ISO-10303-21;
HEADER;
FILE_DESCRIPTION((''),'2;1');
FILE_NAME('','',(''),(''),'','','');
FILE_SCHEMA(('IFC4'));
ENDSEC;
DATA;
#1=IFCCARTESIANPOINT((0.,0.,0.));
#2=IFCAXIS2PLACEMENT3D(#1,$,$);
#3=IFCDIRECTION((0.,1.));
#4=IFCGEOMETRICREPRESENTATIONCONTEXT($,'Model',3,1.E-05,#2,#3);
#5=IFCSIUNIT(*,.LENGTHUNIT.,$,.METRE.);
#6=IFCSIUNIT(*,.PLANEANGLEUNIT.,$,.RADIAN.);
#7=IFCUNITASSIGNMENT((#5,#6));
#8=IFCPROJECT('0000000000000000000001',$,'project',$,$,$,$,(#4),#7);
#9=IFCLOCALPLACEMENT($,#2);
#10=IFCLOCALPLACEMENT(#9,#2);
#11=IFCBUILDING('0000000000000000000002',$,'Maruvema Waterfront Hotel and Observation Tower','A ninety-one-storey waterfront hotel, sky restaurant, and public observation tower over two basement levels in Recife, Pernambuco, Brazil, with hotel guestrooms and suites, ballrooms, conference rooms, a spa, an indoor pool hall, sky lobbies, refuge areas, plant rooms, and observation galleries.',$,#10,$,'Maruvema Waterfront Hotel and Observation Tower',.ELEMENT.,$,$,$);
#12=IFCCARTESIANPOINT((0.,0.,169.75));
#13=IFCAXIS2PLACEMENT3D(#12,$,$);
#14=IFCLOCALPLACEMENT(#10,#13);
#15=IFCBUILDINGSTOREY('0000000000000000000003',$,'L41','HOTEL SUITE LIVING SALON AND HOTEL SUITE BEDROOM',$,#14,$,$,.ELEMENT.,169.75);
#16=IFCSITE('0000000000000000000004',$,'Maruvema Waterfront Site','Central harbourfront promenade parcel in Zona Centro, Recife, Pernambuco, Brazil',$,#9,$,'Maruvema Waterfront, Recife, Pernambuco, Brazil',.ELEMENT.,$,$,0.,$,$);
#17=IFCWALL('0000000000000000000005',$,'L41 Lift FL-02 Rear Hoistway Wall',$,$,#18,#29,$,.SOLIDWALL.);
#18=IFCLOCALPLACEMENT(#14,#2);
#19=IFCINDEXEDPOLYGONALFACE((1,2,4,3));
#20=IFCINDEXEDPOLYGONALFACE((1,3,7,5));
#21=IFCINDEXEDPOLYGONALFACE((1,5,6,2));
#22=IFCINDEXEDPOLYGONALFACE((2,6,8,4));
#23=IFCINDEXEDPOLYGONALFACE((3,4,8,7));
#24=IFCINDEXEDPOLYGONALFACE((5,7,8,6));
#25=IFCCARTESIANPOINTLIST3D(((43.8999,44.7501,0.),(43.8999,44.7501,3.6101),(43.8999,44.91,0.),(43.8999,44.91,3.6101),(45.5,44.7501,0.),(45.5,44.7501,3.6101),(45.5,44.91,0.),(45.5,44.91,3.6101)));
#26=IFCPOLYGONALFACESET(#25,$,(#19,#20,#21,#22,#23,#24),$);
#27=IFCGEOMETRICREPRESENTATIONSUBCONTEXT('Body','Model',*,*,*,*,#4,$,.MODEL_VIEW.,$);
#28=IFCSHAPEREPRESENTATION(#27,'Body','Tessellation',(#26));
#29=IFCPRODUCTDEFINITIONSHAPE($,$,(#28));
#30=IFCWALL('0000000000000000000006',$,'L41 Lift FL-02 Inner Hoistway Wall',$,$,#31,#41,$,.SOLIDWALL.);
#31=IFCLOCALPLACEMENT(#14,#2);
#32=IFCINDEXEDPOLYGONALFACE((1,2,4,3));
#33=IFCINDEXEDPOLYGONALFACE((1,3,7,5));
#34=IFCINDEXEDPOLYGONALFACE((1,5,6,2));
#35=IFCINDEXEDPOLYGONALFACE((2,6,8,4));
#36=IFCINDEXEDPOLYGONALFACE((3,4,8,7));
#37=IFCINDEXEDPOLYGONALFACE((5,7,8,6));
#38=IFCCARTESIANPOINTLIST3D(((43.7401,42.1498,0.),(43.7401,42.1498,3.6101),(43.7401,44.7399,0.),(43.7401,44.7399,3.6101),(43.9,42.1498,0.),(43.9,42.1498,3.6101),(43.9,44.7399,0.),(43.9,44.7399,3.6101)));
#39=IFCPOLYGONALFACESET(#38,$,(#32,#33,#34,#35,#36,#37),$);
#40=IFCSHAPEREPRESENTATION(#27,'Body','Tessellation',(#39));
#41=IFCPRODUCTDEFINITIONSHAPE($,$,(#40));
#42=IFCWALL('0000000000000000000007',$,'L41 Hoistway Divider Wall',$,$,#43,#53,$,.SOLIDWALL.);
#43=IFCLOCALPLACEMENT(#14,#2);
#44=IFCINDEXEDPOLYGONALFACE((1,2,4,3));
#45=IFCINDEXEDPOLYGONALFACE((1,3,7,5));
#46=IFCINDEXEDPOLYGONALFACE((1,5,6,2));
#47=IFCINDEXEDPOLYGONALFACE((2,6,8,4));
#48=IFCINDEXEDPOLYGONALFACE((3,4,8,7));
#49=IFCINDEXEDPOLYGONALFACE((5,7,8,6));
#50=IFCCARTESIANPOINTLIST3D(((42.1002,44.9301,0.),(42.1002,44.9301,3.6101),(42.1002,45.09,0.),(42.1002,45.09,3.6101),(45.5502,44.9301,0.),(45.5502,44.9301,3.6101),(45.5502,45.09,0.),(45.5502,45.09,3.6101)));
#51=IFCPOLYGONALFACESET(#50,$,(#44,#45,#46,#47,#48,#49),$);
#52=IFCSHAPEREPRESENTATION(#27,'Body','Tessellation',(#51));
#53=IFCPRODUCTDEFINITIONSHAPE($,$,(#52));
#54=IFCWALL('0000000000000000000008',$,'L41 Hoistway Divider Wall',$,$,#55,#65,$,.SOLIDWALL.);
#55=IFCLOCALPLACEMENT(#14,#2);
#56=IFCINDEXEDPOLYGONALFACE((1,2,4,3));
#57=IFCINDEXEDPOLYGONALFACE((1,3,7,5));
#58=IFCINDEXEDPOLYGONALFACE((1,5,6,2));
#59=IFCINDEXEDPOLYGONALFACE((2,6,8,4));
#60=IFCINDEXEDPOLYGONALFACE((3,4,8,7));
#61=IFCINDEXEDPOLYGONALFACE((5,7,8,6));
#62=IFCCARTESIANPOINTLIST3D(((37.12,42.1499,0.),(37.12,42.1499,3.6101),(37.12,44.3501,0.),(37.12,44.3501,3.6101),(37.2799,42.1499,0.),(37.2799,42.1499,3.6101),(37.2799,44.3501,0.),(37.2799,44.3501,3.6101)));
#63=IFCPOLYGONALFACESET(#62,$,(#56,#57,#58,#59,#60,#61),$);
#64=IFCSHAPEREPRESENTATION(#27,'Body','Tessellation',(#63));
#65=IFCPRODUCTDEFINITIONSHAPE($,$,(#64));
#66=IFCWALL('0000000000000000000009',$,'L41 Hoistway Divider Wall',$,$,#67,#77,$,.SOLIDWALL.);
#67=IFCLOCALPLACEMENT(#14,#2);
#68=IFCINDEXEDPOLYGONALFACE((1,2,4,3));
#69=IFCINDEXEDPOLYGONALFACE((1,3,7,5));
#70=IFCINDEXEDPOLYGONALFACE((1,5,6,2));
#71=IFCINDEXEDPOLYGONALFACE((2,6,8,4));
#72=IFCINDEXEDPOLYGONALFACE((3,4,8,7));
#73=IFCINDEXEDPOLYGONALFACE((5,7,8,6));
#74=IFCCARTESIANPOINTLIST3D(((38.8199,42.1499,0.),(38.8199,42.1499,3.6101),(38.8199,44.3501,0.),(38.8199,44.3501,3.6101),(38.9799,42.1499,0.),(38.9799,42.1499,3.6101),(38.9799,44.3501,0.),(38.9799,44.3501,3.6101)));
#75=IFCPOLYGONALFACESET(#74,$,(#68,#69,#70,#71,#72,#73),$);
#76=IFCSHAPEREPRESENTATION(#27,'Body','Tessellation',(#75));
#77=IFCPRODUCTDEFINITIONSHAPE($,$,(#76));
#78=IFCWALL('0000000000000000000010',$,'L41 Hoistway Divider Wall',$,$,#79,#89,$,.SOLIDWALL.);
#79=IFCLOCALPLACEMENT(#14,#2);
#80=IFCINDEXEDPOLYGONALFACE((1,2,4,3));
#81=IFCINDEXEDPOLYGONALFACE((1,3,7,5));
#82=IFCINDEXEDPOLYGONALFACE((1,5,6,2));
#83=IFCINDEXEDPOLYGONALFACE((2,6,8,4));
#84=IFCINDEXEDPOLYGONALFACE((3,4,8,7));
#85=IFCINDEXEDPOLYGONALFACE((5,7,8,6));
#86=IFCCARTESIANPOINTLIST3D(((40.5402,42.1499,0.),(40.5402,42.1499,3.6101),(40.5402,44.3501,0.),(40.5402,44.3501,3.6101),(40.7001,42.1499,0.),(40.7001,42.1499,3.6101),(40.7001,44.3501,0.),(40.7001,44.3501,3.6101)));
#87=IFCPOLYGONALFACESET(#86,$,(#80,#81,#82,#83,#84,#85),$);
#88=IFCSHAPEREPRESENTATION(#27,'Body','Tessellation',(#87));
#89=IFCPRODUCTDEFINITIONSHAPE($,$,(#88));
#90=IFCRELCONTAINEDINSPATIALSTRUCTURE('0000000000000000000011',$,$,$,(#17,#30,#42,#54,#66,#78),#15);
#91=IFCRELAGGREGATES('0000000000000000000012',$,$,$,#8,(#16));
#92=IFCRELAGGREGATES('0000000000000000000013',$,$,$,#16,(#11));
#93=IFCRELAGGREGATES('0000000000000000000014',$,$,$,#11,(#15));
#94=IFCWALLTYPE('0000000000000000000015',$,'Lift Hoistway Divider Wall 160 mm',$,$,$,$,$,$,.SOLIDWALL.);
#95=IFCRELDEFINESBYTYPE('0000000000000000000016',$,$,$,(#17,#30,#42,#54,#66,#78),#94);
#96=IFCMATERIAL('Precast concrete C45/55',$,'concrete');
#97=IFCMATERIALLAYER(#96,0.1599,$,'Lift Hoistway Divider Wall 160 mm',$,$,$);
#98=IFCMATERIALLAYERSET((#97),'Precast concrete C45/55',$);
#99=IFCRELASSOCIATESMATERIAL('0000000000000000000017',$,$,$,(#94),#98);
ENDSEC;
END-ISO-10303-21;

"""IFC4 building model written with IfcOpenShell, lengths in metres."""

from ifc_helpers import new_model, si_unit, direction, frame, frame_2d, origin, place, context, subcontext, project, spatial, rectangle, extrude, material, layer, layer_set, type_object, element, save


model = new_model("IFC4")

# Units and contexts
model_context = context("Model", 3, precision=1e-05, world=origin(), true_north=direction((0.0, 1.0)))
body_context = subcontext(model_context, "Body", "Model", "MODEL_VIEW")
ifc_project = project(units=[si_unit("LENGTHUNIT", "METRE"), si_unit("PLANEANGLEUNIT", "RADIAN")], contexts=[model_context])

# Site, building, storey
site_placement = place(None, origin())
site = spatial("IfcSite", under=ifc_project, at=site_placement, Name="Maruvema Waterfront Site", Description="Central harbourfront promenade parcel in Zona Centro, Recife, Pernambuco, Brazil", LongName="Maruvema Waterfront, Recife, Pernambuco, Brazil", CompositionType="ELEMENT", RefElevation=0.0)
building_placement = place(site_placement, origin())
building = spatial("IfcBuilding", under=site, at=building_placement, Name="Maruvema Waterfront Hotel and Observation Tower", Description="A ninety-one-storey waterfront hotel, sky restaurant, and public observation tower over two basement levels in Recife, Pernambuco, Brazil, with hotel guestrooms and suites, ballrooms, conference rooms, a spa, an indoor pool hall, sky lobbies, refuge areas, plant rooms, and observation galleries.", LongName="Maruvema Waterfront Hotel and Observation Tower", CompositionType="ELEMENT")
storey_placement = place(building_placement, frame((0.0, 0.0, 169.75)))
storey = spatial("IfcBuildingStorey", under=building, at=storey_placement, Name="L41", Description="HOTEL SUITE LIVING SALON AND HOTEL SUITE BEDROOM", CompositionType="ELEMENT", Elevation=169.75)

# Walls
ifc_material_1 = material(Name="Precast concrete C45/55", Category="concrete")
ifc_layer_1 = layer(ifc_material_1, 0.1599, Name="Lift Hoistway Divider Wall 160 mm")
ifc_layer_set_1 = layer_set([ifc_layer_1], Name="Precast concrete C45/55")
wall_type_1 = type_object("IfcWallType", Name="Lift Hoistway Divider Wall 160 mm", PredefinedType="SOLIDWALL", material=ifc_layer_set_1)
wall_1_placement = place(storey_placement, frame((43.8999, 44.8301, 0.0), z_axis=(0.0, 0.0, 1.0), x_axis=(1.0, 0.0, 0.0)))
element("IfcWall", 1, at=wall_1_placement, inside=storey, type_object=wall_type_1, Name="L41 Lift FL-02 Rear Hoistway Wall", PredefinedType="SOLIDWALL", context=body_context, shape_type="SweptSolid", body=[
    extrude(rectangle(XDim=1.6001, YDim=0.1599, at=frame_2d((0.8, 0.0))), origin(), (0.0, 0.0, 1.0), 3.6101),
])
wall_2_placement = place(storey_placement, frame((43.8201, 42.1499, 0.0), z_axis=(0.0, 0.0, 1.0), x_axis=(0.0, 1.0, 0.0)))
element("IfcWall", 2, at=wall_2_placement, inside=storey, type_object=wall_type_1, Name="L41 Lift FL-02 Inner Hoistway Wall", PredefinedType="SOLIDWALL", context=body_context, shape_type="SweptSolid", body=[
    extrude(rectangle(XDim=2.5901, YDim=0.1599, at=frame_2d((1.2949, 0.0))), origin(), (0.0, 0.0, 1.0), 3.6101),
])
wall_3_placement = place(storey_placement, frame((42.1001, 45.01, 0.0), z_axis=(0.0, 0.0, 1.0), x_axis=(1.0, 0.0, 0.0)))
element("IfcWall", 3, at=wall_3_placement, inside=storey, type_object=wall_type_1, Name="L41 Hoistway Divider Wall", PredefinedType="SOLIDWALL", context=body_context, shape_type="SweptSolid", body=[
    extrude(rectangle(XDim=3.45, YDim=0.1599, at=frame_2d((1.7251, 0.0))), origin(), (0.0, 0.0, 1.0), 3.6101),
])
for number, where, z_axis, x_axis, name in (
    (4, (37.2, 42.1499, 0.0), (0.0, 0.0, 1.0), (0.0, 1.0, 0.0), "L41 Hoistway Divider Wall"),
    (5, (38.8999, 42.1499, 0.0), (0.0, 0.0, 1.0), (0.0, 1.0, 0.0), "L41 Hoistway Divider Wall"),
    (6, (40.6201, 42.1499, 0.0), (0.0, 0.0, 1.0), (0.0, 1.0, 0.0), "L41 Hoistway Divider Wall"),
):
    element("IfcWall", number, at=place(storey_placement, frame(where, z_axis=z_axis, x_axis=x_axis)), inside=storey, type_object=wall_type_1, Name=name, PredefinedType="SOLIDWALL", context=body_context, shape_type="SweptSolid", body=[
        extrude(rectangle(XDim=2.2002, YDim=0.1599, at=frame_2d((1.1001, 0.0))), origin(), (0.0, 0.0, 1.0), 3.6101),
    ])

save(model, "model.ifc")
